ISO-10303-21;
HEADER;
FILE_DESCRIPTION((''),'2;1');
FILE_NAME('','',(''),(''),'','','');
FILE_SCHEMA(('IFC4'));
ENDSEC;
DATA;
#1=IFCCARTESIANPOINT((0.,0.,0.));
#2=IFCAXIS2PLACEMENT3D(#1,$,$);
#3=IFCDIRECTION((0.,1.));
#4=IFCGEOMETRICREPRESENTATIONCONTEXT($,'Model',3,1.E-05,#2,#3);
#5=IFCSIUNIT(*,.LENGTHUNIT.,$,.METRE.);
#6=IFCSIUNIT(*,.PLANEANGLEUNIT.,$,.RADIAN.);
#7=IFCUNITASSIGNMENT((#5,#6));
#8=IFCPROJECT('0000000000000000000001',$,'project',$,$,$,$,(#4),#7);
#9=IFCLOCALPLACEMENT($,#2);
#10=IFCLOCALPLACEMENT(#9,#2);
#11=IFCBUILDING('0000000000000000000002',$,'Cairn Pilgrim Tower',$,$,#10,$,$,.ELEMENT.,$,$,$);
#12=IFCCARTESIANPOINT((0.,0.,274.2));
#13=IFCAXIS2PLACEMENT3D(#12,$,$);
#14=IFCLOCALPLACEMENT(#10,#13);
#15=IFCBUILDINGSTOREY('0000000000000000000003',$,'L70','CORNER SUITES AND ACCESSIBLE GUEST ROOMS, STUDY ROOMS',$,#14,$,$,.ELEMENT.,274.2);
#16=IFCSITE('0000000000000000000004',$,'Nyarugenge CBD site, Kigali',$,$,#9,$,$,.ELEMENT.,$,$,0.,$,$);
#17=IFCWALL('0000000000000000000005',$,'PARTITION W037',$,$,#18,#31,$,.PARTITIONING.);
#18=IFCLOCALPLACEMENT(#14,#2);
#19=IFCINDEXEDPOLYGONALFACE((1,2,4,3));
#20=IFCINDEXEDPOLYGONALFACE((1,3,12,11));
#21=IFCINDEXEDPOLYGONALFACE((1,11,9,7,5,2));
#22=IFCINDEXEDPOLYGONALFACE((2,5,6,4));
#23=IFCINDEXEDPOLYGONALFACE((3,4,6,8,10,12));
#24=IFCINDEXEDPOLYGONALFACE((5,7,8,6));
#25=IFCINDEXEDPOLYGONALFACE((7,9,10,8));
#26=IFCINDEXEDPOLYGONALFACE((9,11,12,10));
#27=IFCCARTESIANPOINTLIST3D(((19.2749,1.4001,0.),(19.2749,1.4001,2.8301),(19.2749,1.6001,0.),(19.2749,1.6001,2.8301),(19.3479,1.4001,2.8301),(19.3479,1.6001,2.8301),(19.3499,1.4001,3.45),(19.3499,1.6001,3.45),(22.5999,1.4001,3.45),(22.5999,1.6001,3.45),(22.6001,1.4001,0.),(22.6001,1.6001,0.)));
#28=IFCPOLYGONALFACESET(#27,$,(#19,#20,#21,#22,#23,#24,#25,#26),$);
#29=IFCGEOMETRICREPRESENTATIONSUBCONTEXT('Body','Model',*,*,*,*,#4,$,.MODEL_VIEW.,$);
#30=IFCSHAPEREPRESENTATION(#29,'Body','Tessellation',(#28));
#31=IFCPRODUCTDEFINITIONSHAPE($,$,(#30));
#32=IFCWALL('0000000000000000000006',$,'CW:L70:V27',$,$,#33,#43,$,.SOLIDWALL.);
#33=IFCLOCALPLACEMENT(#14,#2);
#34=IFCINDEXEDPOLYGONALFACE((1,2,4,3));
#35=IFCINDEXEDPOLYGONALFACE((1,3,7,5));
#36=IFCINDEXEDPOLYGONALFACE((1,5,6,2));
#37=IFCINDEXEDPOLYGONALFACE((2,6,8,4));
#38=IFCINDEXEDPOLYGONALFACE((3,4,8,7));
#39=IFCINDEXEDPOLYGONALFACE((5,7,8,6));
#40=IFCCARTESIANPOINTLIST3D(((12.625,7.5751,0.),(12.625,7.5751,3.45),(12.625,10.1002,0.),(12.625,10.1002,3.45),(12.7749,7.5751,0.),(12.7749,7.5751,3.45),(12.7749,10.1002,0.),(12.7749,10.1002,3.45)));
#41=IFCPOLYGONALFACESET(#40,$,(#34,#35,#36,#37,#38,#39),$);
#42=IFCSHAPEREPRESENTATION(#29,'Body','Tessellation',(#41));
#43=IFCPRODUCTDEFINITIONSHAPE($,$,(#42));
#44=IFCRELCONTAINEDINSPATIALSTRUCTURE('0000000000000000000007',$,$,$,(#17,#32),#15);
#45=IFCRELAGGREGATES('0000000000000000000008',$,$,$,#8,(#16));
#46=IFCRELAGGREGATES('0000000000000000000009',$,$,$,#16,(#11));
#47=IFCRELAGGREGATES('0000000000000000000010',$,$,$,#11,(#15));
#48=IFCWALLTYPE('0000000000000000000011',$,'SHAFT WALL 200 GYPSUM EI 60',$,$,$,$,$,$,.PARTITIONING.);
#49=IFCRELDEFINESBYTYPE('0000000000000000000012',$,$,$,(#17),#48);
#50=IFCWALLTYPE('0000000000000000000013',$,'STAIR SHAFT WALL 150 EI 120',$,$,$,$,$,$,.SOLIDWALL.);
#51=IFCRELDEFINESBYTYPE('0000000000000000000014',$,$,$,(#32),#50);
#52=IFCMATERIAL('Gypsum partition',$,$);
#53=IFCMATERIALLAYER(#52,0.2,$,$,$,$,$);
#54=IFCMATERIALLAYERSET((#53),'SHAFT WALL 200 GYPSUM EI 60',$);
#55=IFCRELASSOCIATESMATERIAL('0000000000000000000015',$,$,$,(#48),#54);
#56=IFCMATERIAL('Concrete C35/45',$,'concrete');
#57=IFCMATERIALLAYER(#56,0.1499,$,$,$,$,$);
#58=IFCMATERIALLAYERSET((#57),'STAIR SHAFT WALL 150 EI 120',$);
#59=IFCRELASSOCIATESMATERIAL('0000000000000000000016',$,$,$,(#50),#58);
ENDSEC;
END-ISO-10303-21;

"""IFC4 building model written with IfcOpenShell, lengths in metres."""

from ifc_helpers import new_model, si_unit, direction, frame, frame_2d, origin, place, context, subcontext, project, spatial, polyline, rectangle, outline, extrude, material, layer, layer_set, type_object, element, save


model = new_model("IFC4")

# Units and contexts
model_context = context("Model", 3, precision=1e-05, world=origin(), true_north=direction((0.0, 1.0)))
body_context = subcontext(model_context, "Body", "Model", "MODEL_VIEW")
ifc_project = project(units=[si_unit("LENGTHUNIT", "METRE"), si_unit("PLANEANGLEUNIT", "RADIAN")], contexts=[model_context])

# Site, building, storey
site_placement = place(None, origin())
site = spatial("IfcSite", under=ifc_project, at=site_placement, Name="Nyarugenge CBD site, Kigali", CompositionType="ELEMENT", RefElevation=0.0)
building_placement = place(site_placement, origin())
building = spatial("IfcBuilding", under=site, at=building_placement, Name="Cairn Pilgrim Tower", CompositionType="ELEMENT")
storey_placement = place(building_placement, frame((0.0, 0.0, 274.2)))
storey = spatial("IfcBuildingStorey", under=building, at=storey_placement, Name="L70", Description="CORNER SUITES AND ACCESSIBLE GUEST ROOMS, STUDY ROOMS", CompositionType="ELEMENT", Elevation=274.2)

# Shared definitions
ifc_material_1 = material(Name="Gypsum partition")

# Walls
ifc_layer_1 = layer(ifc_material_1, 0.2)
ifc_layer_set_1 = layer_set([ifc_layer_1], Name="SHAFT WALL 200 GYPSUM EI 60")
wall_type_1 = type_object("IfcWallType", Name="SHAFT WALL 200 GYPSUM EI 60", PredefinedType="PARTITIONING", material=ifc_layer_set_1)
wall_1_placement = place(storey_placement, frame((19.2749, 1.5, 0.0), z_axis=(0.0, 0.0, 1.0), x_axis=(1.0, 0.0, 0.0)))
element("IfcWall", 1, at=wall_1_placement, inside=storey, type_object=wall_type_1, Name="PARTITION W037", PredefinedType="PARTITIONING", context=body_context, shape_type="SweptSolid", body=[
    extrude(outline(polyline([(0.0, 0.0), (3.3252, 0.0), (3.325, 3.45), (0.075, 3.45), (0.073, 2.8301), (0.0, 2.8301), (0.0, 0.0)])), frame((0.0, 0.1001, 0.0), z_axis=(0.0, -1.0, 0.0), x_axis=(1.0, 0.0, 0.0)), (0.0, 0.0, 1.0), 0.2),
])
ifc_material_2 = material(Name="Concrete C35/45", Category="concrete")
ifc_layer_2 = layer(ifc_material_2, 0.1499)
ifc_layer_set_2 = layer_set([ifc_layer_2], Name="STAIR SHAFT WALL 150 EI 120")
wall_type_2 = type_object("IfcWallType", Name="STAIR SHAFT WALL 150 EI 120", PredefinedType="SOLIDWALL", material=ifc_layer_set_2)
wall_2_placement = place(storey_placement, frame((12.7, 7.575, 0.0), z_axis=(0.0, 0.0, 1.0), x_axis=(0.0, 1.0, 0.0)))
element("IfcWall", 2, at=wall_2_placement, inside=storey, type_object=wall_type_2, Name="CW:L70:V27", PredefinedType="SOLIDWALL", context=body_context, shape_type="SweptSolid", body=[
    extrude(rectangle(XDim=2.5251, YDim=0.1499, at=frame_2d((1.2627, 0.0))), origin(), (0.0, 0.0, 1.0), 3.45),
])

save(model, "model.ifc")
